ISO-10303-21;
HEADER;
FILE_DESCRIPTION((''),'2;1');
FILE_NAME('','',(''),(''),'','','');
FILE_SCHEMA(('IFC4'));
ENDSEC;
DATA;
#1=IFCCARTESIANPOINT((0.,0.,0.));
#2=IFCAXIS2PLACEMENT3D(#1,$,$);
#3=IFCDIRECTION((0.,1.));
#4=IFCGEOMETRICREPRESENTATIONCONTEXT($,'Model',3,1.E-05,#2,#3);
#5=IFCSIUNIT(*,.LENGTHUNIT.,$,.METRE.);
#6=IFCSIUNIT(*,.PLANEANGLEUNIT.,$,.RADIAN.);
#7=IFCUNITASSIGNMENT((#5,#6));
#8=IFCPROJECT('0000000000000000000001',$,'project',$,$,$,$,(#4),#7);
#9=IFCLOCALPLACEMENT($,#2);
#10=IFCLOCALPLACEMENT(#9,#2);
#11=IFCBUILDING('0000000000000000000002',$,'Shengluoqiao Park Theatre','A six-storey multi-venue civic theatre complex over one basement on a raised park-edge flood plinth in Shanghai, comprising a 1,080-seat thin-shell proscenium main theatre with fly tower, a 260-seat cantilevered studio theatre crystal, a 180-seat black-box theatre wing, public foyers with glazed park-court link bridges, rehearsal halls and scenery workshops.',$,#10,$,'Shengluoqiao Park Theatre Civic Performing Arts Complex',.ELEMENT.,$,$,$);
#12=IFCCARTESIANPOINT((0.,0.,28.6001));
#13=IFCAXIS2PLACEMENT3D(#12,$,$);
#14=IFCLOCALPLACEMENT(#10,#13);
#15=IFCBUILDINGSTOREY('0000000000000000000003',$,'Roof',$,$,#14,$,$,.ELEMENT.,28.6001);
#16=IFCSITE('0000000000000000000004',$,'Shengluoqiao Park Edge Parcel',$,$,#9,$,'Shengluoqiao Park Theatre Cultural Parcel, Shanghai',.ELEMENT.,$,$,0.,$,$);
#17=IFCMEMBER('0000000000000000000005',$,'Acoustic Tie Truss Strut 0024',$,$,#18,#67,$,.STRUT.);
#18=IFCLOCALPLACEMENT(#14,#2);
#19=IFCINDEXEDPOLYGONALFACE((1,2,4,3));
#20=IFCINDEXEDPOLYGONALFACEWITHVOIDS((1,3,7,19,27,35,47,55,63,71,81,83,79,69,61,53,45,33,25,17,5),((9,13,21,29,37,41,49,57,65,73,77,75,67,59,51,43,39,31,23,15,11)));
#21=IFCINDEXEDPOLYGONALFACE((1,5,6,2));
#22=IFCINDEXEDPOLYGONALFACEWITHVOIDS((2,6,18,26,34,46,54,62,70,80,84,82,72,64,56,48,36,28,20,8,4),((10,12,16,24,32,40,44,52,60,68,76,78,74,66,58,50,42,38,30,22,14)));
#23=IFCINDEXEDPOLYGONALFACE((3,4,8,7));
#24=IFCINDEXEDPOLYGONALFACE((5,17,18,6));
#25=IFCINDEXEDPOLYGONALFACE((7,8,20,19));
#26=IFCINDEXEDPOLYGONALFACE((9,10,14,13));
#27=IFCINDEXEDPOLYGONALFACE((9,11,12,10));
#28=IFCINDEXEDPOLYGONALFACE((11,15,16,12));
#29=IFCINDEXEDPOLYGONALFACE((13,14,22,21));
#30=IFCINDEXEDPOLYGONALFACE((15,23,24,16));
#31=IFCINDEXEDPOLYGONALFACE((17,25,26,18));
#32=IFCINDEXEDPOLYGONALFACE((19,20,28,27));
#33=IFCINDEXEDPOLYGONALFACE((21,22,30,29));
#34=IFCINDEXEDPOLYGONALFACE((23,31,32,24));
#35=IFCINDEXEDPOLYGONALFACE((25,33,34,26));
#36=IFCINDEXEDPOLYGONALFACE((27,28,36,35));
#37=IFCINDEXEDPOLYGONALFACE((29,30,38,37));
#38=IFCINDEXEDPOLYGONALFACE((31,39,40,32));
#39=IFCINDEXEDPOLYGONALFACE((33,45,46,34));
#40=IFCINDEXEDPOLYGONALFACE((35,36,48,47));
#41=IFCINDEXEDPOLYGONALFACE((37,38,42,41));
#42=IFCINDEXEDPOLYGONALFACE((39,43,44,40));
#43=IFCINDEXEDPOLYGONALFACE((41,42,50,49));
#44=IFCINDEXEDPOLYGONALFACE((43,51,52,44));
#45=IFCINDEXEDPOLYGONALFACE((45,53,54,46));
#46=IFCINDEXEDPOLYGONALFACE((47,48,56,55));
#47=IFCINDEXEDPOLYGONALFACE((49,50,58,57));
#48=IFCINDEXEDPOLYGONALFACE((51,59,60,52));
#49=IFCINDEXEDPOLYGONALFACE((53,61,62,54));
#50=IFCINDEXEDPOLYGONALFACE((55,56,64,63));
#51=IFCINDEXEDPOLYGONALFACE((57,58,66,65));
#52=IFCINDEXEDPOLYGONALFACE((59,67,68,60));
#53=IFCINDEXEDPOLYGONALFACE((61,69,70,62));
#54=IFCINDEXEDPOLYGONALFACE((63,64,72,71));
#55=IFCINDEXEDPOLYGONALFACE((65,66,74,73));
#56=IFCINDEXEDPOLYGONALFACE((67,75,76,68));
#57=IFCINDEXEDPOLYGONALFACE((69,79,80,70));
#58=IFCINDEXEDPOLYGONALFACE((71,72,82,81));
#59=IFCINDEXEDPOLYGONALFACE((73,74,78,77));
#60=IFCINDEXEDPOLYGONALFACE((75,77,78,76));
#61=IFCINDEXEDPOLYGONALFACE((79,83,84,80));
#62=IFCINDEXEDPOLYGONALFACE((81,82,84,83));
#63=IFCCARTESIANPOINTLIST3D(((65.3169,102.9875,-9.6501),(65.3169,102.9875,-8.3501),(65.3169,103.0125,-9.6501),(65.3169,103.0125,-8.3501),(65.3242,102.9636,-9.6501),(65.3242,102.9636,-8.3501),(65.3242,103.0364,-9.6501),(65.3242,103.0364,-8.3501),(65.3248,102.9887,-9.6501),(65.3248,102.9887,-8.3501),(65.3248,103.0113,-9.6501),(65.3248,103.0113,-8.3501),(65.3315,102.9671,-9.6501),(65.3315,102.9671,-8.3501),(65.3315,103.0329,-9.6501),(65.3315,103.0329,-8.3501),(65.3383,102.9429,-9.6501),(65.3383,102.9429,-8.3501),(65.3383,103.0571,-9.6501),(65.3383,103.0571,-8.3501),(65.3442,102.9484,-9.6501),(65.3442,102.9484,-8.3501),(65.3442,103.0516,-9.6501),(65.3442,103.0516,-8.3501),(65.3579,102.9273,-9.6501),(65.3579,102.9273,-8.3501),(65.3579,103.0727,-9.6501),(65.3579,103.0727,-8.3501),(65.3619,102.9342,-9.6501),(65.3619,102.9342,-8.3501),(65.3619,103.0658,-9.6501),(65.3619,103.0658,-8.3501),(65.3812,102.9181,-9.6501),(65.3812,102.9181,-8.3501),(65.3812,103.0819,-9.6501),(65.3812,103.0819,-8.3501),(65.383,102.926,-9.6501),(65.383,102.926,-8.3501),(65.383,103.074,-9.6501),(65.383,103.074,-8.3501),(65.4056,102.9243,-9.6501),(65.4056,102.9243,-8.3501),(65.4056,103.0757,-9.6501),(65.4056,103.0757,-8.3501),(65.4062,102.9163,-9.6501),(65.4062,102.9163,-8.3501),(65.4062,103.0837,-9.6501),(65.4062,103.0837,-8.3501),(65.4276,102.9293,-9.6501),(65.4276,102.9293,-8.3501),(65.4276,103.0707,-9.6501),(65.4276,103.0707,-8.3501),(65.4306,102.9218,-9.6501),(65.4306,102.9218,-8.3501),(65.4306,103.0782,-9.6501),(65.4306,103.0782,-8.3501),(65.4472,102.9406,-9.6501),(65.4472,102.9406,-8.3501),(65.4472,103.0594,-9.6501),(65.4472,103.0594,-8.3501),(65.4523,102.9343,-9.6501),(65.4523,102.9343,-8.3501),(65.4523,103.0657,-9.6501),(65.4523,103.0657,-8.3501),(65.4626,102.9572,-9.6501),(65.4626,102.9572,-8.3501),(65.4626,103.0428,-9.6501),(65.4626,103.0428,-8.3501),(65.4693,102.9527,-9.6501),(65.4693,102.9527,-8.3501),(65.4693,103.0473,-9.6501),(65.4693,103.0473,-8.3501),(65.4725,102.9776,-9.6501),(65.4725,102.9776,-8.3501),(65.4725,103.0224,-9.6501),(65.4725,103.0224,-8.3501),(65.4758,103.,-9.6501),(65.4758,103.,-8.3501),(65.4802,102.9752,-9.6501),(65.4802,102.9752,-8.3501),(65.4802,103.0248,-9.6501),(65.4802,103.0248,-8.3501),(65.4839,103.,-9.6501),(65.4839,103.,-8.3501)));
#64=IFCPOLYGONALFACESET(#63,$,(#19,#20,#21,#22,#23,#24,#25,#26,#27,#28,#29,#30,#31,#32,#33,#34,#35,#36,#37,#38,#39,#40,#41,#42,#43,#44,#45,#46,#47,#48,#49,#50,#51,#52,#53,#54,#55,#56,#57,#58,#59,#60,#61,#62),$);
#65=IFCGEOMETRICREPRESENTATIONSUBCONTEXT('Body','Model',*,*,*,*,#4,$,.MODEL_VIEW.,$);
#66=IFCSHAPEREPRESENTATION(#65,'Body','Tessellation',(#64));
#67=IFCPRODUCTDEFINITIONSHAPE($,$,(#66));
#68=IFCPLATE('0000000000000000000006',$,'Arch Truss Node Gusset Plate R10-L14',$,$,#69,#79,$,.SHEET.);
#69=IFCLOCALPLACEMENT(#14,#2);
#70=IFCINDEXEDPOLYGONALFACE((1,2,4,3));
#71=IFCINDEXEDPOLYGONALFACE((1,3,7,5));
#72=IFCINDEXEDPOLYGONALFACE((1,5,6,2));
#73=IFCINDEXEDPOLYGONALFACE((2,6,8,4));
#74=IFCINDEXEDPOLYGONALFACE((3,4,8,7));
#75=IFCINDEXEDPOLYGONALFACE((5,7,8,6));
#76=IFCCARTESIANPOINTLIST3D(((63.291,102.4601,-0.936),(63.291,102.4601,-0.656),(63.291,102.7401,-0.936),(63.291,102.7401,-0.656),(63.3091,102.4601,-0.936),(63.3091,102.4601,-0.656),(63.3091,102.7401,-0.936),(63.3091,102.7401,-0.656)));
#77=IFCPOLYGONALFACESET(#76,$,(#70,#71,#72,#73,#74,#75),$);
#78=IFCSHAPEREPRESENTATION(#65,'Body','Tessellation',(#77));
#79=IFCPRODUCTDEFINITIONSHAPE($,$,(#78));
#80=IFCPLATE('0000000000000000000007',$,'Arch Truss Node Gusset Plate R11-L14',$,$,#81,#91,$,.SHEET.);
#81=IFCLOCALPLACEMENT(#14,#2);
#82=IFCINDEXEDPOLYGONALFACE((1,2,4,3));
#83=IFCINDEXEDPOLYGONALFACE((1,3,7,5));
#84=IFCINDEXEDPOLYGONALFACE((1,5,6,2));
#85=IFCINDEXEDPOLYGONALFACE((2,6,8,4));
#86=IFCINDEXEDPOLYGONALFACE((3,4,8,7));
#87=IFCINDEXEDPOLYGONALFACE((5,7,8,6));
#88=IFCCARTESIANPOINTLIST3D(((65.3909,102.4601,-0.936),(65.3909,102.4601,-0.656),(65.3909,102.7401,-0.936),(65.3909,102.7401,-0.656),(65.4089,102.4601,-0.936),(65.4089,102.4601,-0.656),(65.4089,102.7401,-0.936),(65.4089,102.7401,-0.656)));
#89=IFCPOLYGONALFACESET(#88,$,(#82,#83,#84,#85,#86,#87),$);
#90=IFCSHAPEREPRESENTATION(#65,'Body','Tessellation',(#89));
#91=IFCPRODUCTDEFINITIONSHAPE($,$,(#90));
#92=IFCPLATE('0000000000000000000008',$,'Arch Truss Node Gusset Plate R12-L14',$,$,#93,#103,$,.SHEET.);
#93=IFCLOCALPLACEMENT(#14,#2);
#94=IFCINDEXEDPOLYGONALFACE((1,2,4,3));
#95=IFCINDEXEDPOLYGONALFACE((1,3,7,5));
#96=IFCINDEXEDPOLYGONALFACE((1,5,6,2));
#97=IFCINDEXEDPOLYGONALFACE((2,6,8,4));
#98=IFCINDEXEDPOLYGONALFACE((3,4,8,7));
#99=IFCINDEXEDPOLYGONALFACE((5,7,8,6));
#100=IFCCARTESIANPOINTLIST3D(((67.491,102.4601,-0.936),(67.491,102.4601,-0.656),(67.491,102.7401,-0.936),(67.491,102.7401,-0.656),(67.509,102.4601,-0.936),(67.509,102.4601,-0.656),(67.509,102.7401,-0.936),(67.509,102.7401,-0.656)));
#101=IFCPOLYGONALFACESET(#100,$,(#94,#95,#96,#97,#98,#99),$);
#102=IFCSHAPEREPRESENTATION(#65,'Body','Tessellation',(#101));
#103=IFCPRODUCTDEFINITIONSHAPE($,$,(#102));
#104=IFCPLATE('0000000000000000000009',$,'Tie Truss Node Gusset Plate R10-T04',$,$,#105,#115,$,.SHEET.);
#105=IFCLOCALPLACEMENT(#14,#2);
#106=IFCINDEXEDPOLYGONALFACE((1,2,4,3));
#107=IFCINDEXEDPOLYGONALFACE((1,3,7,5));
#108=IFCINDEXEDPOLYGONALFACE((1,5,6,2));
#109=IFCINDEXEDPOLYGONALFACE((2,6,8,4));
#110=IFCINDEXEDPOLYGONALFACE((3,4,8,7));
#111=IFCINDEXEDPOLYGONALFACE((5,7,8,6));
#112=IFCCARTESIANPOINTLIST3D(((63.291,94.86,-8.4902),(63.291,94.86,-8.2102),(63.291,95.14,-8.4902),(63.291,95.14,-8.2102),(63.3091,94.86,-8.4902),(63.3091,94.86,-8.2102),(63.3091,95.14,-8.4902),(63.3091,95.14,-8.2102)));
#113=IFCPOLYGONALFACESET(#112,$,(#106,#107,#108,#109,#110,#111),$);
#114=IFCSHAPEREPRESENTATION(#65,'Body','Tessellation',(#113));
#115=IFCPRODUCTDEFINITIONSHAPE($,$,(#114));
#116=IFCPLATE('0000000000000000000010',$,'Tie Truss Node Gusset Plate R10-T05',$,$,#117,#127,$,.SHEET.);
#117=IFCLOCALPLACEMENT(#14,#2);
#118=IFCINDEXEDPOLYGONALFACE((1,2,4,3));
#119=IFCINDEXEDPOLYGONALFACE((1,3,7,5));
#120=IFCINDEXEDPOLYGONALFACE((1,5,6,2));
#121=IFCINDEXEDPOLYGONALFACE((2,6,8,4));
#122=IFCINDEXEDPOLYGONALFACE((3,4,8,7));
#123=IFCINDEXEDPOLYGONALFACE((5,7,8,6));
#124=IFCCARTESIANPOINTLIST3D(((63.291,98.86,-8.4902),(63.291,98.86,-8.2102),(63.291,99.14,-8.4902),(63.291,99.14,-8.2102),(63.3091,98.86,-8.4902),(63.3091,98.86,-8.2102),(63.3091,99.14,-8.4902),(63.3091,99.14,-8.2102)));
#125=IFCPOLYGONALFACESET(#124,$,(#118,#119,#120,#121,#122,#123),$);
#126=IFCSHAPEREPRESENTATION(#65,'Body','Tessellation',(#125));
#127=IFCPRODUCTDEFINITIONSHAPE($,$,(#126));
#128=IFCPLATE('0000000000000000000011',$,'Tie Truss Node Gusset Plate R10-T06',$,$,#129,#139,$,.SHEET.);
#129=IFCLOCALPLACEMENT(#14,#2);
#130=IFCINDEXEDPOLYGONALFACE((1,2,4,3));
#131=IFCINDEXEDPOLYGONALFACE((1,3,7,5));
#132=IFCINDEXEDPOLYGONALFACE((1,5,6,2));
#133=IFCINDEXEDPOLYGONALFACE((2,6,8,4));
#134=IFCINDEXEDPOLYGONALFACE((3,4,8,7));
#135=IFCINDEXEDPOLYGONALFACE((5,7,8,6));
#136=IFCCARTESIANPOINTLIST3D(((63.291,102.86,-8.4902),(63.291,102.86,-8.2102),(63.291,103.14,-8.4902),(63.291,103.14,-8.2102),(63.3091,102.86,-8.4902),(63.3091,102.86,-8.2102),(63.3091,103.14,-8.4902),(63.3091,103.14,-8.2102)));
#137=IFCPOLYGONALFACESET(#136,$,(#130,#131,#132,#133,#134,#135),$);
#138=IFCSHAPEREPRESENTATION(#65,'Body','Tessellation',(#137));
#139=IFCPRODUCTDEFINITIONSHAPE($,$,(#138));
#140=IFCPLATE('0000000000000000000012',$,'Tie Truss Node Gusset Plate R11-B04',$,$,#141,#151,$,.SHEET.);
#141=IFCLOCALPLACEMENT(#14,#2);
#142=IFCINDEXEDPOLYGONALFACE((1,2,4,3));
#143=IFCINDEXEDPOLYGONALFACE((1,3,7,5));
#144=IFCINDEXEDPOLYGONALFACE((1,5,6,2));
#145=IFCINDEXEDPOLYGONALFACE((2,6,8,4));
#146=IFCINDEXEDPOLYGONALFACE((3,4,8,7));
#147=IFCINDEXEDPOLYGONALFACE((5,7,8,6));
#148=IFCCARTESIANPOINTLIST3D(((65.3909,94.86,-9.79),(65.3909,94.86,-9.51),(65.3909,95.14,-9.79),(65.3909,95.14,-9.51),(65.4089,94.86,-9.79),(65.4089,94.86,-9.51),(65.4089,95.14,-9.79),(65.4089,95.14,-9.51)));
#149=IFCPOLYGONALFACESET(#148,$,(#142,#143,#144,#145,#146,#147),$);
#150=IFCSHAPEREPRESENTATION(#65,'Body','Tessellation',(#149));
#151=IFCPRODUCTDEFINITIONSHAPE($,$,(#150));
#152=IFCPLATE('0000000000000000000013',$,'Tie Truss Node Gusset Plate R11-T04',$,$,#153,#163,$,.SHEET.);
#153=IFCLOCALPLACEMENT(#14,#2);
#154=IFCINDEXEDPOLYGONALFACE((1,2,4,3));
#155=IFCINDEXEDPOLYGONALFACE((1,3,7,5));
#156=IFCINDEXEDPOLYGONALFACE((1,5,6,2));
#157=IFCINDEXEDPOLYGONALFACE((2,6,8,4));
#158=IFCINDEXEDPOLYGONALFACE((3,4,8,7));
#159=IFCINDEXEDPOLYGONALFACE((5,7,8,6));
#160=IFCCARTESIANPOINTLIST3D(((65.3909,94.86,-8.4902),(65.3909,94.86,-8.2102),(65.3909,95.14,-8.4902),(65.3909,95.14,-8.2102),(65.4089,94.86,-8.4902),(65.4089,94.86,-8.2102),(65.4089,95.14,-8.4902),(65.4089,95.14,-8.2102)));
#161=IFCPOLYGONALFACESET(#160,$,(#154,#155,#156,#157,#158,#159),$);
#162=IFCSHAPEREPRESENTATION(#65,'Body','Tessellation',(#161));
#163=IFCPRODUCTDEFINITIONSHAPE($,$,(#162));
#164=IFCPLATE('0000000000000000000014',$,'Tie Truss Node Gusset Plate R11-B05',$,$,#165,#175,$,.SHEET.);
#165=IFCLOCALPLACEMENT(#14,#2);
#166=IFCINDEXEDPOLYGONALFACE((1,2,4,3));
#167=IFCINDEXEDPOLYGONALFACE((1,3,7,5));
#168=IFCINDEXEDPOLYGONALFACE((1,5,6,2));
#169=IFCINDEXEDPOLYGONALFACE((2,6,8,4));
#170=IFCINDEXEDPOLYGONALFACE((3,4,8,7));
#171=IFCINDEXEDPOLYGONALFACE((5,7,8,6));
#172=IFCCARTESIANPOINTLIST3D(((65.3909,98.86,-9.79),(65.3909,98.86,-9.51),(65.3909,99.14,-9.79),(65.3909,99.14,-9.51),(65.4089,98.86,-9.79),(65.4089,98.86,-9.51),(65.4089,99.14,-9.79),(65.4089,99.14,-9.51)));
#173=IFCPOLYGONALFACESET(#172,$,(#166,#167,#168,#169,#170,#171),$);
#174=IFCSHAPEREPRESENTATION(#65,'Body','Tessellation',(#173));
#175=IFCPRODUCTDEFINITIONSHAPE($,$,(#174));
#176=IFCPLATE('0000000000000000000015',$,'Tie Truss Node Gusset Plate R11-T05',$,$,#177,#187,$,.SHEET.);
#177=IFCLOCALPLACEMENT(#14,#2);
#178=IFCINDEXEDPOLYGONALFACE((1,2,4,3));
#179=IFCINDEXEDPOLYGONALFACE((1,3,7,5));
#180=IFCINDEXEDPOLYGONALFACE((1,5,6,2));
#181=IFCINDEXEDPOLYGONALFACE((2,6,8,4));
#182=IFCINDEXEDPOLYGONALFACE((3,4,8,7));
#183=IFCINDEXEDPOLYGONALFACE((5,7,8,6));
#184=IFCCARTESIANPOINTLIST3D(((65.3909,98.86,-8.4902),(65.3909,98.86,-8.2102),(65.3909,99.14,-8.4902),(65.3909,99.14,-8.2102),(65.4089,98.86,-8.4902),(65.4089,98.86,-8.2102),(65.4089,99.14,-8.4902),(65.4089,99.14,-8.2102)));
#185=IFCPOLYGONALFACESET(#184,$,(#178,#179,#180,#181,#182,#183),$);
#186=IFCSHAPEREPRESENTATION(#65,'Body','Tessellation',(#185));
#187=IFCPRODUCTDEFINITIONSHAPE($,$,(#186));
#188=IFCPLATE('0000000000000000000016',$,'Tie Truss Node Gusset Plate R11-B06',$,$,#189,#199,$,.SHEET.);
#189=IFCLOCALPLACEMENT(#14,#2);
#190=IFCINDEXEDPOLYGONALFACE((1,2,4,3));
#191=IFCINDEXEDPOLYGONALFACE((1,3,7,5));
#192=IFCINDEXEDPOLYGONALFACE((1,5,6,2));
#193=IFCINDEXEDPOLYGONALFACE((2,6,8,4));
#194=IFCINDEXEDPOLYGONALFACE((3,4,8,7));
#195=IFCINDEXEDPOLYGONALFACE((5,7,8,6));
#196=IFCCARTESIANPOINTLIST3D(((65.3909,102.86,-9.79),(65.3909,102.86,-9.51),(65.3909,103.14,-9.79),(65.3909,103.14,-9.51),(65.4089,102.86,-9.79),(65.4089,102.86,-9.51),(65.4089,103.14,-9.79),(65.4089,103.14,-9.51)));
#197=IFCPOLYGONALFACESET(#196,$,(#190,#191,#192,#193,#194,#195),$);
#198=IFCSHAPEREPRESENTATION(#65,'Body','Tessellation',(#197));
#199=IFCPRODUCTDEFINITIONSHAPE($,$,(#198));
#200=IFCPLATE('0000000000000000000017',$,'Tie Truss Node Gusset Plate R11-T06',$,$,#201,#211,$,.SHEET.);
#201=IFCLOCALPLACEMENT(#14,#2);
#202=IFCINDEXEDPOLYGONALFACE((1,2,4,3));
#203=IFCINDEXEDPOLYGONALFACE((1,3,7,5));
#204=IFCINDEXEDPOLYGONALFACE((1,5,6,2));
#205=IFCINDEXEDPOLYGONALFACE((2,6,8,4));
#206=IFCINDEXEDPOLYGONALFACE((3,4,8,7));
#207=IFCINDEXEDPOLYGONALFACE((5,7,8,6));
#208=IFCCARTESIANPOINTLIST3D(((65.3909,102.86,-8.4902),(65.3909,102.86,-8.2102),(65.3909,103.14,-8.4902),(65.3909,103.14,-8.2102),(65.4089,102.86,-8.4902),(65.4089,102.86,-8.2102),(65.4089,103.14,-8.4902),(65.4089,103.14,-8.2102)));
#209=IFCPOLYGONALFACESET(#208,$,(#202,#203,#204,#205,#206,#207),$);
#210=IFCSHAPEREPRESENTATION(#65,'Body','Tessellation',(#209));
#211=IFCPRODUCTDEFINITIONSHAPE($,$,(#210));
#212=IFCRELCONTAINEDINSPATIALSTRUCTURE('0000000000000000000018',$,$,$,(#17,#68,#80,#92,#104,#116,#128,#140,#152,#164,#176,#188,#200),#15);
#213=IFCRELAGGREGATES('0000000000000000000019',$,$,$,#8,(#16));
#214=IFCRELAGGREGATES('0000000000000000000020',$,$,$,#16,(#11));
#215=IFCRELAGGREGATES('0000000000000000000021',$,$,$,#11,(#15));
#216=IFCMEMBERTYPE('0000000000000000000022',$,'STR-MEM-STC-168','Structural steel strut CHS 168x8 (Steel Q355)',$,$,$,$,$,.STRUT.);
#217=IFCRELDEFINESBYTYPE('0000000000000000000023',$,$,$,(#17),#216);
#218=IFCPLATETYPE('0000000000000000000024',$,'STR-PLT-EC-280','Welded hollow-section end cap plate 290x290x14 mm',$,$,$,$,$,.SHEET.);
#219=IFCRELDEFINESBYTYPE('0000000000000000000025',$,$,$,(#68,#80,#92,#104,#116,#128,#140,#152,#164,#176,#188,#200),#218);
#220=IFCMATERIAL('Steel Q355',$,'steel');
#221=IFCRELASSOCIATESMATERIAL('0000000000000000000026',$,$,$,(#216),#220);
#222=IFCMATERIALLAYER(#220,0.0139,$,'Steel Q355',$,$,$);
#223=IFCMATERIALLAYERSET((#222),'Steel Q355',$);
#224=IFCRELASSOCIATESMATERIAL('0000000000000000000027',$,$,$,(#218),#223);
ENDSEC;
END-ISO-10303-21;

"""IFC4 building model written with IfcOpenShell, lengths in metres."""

from ifc_helpers import new_model, si_unit, direction, frame, origin, origin_2d, place, context, subcontext, project, spatial, rectangle, hollow_circle, extrude, material, layer, layer_set, material_profile, profile_set, type_object, element, save


model = new_model("IFC4")

# Units and contexts
model_context = context("Model", 3, precision=1e-05, world=origin(), true_north=direction((0.0, 1.0)))
body_context = subcontext(model_context, "Body", "Model", "MODEL_VIEW")
ifc_project = project(units=[si_unit("LENGTHUNIT", "METRE"), si_unit("PLANEANGLEUNIT", "RADIAN")], contexts=[model_context])

# Site, building, storey
site_placement = place(None, origin())
site = spatial("IfcSite", under=ifc_project, at=site_placement, Name="Shengluoqiao Park Edge Parcel", LongName="Shengluoqiao Park Theatre Cultural Parcel, Shanghai", CompositionType="ELEMENT", RefElevation=0.0)
building_placement = place(site_placement, origin())
building = spatial("IfcBuilding", under=site, at=building_placement, Name="Shengluoqiao Park Theatre", Description="A six-storey multi-venue civic theatre complex over one basement on a raised park-edge flood plinth in Shanghai, comprising a 1,080-seat thin-shell proscenium main theatre with fly tower, a 260-seat cantilevered studio theatre crystal, a 180-seat black-box theatre wing, public foyers with glazed park-court link bridges, rehearsal halls and scenery workshops.", LongName="Shengluoqiao Park Theatre Civic Performing Arts Complex", CompositionType="ELEMENT")
storey_placement = place(building_placement, frame((0.0, 0.0, 28.6001)))
storey = spatial("IfcBuildingStorey", under=building, at=storey_placement, Name="Roof", CompositionType="ELEMENT", Elevation=28.6001)

# Shared definitions
ifc_material = material(Name="Steel Q355", Category="steel")

# Member
ifc_material_profile_1 = material_profile(ifc_material, hollow_circle(Radius=0.084, WallThickness=0.0081, at=origin_2d()), Name="CHS 168x8")
ifc_profile_set_1 = profile_set([ifc_material_profile_1], Name="Steel Q355")
member_type_1 = type_object("IfcMemberType", Name="STR-MEM-STC-168", Description="Structural steel strut CHS 168x8 (Steel Q355)", PredefinedType="STRUT", material=ifc_profile_set_1)
for number, where, z_axis, x_axis, name in (
    (1, (65.3999, 103.0, -9.6501), (0.0, 0.0, 1.0), (1.0, 0.0, 0.0), "Acoustic Tie Truss Strut 0024"),
):
    element("IfcMember", number, at=place(storey_placement, frame(where, z_axis=z_axis, x_axis=x_axis)), inside=storey, type_object=member_type_1, Name=name, PredefinedType="STRUT", context=body_context, shape_type="SweptSolid", body=[
        extrude(hollow_circle(Radius=0.084, WallThickness=0.0081, at=origin_2d()), origin(), (0.0, 0.0, 1.0), 1.3),
    ])

# Plates
ifc_layer = layer(ifc_material, 0.0139, Name="Steel Q355")
ifc_layer_set = layer_set([ifc_layer], Name="Steel Q355")
plate_type = type_object("IfcPlateType", Name="STR-PLT-EC-280", Description="Welded hollow-section end cap plate 290x290x14 mm", PredefinedType="SHEET", material=ifc_layer_set)
for number, where, z_axis, x_axis, name in (
    (2, (63.3, 102.6001, -0.936), (0.0, 0.0, 1.0), (1.0, 0.0, 0.0), "Arch Truss Node Gusset Plate R10-L14"),
    (3, (65.3999, 102.6001, -0.936), (0.0, 0.0, 1.0), (1.0, 0.0, 0.0), "Arch Truss Node Gusset Plate R11-L14"),
    (4, (67.5, 102.6001, -0.936), (0.0, 0.0, 1.0), (1.0, 0.0, 0.0), "Arch Truss Node Gusset Plate R12-L14"),
    (5, (63.3, 95.0, -8.4902), (0.0, 0.0, 1.0), (1.0, 0.0, 0.0), "Tie Truss Node Gusset Plate R10-T04"),
    (6, (63.3, 99.0, -8.4902), (0.0, 0.0, 1.0), (1.0, 0.0, 0.0), "Tie Truss Node Gusset Plate R10-T05"),
    (7, (63.3, 103.0, -8.4902), (0.0, 0.0, 1.0), (1.0, 0.0, 0.0), "Tie Truss Node Gusset Plate R10-T06"),
    (8, (65.3999, 95.0, -9.79), (0.0, 0.0, 1.0), (1.0, 0.0, 0.0), "Tie Truss Node Gusset Plate R11-B04"),
    (9, (65.3999, 95.0, -8.4902), (0.0, 0.0, 1.0), (1.0, 0.0, 0.0), "Tie Truss Node Gusset Plate R11-T04"),
    (10, (65.3999, 99.0, -9.79), (0.0, 0.0, 1.0), (1.0, 0.0, 0.0), "Tie Truss Node Gusset Plate R11-B05"),
    (11, (65.3999, 99.0, -8.4902), (0.0, 0.0, 1.0), (1.0, 0.0, 0.0), "Tie Truss Node Gusset Plate R11-T05"),
    (12, (65.3999, 103.0, -9.79), (0.0, 0.0, 1.0), (1.0, 0.0, 0.0), "Tie Truss Node Gusset Plate R11-B06"),
    (13, (65.3999, 103.0, -8.4902), (0.0, 0.0, 1.0), (1.0, 0.0, 0.0), "Tie Truss Node Gusset Plate R11-T06"),
):
    element("IfcPlate", number, at=place(storey_placement, frame(where, z_axis=z_axis, x_axis=x_axis)), inside=storey, type_object=plate_type, Name=name, PredefinedType="SHEET", context=body_context, shape_type="SweptSolid", body=[
        extrude(rectangle(XDim=0.0181, YDim=0.28, at=origin_2d()), origin(), (0.0, 0.0, 1.0), 0.28),
    ])

save(model, "model.ifc")
